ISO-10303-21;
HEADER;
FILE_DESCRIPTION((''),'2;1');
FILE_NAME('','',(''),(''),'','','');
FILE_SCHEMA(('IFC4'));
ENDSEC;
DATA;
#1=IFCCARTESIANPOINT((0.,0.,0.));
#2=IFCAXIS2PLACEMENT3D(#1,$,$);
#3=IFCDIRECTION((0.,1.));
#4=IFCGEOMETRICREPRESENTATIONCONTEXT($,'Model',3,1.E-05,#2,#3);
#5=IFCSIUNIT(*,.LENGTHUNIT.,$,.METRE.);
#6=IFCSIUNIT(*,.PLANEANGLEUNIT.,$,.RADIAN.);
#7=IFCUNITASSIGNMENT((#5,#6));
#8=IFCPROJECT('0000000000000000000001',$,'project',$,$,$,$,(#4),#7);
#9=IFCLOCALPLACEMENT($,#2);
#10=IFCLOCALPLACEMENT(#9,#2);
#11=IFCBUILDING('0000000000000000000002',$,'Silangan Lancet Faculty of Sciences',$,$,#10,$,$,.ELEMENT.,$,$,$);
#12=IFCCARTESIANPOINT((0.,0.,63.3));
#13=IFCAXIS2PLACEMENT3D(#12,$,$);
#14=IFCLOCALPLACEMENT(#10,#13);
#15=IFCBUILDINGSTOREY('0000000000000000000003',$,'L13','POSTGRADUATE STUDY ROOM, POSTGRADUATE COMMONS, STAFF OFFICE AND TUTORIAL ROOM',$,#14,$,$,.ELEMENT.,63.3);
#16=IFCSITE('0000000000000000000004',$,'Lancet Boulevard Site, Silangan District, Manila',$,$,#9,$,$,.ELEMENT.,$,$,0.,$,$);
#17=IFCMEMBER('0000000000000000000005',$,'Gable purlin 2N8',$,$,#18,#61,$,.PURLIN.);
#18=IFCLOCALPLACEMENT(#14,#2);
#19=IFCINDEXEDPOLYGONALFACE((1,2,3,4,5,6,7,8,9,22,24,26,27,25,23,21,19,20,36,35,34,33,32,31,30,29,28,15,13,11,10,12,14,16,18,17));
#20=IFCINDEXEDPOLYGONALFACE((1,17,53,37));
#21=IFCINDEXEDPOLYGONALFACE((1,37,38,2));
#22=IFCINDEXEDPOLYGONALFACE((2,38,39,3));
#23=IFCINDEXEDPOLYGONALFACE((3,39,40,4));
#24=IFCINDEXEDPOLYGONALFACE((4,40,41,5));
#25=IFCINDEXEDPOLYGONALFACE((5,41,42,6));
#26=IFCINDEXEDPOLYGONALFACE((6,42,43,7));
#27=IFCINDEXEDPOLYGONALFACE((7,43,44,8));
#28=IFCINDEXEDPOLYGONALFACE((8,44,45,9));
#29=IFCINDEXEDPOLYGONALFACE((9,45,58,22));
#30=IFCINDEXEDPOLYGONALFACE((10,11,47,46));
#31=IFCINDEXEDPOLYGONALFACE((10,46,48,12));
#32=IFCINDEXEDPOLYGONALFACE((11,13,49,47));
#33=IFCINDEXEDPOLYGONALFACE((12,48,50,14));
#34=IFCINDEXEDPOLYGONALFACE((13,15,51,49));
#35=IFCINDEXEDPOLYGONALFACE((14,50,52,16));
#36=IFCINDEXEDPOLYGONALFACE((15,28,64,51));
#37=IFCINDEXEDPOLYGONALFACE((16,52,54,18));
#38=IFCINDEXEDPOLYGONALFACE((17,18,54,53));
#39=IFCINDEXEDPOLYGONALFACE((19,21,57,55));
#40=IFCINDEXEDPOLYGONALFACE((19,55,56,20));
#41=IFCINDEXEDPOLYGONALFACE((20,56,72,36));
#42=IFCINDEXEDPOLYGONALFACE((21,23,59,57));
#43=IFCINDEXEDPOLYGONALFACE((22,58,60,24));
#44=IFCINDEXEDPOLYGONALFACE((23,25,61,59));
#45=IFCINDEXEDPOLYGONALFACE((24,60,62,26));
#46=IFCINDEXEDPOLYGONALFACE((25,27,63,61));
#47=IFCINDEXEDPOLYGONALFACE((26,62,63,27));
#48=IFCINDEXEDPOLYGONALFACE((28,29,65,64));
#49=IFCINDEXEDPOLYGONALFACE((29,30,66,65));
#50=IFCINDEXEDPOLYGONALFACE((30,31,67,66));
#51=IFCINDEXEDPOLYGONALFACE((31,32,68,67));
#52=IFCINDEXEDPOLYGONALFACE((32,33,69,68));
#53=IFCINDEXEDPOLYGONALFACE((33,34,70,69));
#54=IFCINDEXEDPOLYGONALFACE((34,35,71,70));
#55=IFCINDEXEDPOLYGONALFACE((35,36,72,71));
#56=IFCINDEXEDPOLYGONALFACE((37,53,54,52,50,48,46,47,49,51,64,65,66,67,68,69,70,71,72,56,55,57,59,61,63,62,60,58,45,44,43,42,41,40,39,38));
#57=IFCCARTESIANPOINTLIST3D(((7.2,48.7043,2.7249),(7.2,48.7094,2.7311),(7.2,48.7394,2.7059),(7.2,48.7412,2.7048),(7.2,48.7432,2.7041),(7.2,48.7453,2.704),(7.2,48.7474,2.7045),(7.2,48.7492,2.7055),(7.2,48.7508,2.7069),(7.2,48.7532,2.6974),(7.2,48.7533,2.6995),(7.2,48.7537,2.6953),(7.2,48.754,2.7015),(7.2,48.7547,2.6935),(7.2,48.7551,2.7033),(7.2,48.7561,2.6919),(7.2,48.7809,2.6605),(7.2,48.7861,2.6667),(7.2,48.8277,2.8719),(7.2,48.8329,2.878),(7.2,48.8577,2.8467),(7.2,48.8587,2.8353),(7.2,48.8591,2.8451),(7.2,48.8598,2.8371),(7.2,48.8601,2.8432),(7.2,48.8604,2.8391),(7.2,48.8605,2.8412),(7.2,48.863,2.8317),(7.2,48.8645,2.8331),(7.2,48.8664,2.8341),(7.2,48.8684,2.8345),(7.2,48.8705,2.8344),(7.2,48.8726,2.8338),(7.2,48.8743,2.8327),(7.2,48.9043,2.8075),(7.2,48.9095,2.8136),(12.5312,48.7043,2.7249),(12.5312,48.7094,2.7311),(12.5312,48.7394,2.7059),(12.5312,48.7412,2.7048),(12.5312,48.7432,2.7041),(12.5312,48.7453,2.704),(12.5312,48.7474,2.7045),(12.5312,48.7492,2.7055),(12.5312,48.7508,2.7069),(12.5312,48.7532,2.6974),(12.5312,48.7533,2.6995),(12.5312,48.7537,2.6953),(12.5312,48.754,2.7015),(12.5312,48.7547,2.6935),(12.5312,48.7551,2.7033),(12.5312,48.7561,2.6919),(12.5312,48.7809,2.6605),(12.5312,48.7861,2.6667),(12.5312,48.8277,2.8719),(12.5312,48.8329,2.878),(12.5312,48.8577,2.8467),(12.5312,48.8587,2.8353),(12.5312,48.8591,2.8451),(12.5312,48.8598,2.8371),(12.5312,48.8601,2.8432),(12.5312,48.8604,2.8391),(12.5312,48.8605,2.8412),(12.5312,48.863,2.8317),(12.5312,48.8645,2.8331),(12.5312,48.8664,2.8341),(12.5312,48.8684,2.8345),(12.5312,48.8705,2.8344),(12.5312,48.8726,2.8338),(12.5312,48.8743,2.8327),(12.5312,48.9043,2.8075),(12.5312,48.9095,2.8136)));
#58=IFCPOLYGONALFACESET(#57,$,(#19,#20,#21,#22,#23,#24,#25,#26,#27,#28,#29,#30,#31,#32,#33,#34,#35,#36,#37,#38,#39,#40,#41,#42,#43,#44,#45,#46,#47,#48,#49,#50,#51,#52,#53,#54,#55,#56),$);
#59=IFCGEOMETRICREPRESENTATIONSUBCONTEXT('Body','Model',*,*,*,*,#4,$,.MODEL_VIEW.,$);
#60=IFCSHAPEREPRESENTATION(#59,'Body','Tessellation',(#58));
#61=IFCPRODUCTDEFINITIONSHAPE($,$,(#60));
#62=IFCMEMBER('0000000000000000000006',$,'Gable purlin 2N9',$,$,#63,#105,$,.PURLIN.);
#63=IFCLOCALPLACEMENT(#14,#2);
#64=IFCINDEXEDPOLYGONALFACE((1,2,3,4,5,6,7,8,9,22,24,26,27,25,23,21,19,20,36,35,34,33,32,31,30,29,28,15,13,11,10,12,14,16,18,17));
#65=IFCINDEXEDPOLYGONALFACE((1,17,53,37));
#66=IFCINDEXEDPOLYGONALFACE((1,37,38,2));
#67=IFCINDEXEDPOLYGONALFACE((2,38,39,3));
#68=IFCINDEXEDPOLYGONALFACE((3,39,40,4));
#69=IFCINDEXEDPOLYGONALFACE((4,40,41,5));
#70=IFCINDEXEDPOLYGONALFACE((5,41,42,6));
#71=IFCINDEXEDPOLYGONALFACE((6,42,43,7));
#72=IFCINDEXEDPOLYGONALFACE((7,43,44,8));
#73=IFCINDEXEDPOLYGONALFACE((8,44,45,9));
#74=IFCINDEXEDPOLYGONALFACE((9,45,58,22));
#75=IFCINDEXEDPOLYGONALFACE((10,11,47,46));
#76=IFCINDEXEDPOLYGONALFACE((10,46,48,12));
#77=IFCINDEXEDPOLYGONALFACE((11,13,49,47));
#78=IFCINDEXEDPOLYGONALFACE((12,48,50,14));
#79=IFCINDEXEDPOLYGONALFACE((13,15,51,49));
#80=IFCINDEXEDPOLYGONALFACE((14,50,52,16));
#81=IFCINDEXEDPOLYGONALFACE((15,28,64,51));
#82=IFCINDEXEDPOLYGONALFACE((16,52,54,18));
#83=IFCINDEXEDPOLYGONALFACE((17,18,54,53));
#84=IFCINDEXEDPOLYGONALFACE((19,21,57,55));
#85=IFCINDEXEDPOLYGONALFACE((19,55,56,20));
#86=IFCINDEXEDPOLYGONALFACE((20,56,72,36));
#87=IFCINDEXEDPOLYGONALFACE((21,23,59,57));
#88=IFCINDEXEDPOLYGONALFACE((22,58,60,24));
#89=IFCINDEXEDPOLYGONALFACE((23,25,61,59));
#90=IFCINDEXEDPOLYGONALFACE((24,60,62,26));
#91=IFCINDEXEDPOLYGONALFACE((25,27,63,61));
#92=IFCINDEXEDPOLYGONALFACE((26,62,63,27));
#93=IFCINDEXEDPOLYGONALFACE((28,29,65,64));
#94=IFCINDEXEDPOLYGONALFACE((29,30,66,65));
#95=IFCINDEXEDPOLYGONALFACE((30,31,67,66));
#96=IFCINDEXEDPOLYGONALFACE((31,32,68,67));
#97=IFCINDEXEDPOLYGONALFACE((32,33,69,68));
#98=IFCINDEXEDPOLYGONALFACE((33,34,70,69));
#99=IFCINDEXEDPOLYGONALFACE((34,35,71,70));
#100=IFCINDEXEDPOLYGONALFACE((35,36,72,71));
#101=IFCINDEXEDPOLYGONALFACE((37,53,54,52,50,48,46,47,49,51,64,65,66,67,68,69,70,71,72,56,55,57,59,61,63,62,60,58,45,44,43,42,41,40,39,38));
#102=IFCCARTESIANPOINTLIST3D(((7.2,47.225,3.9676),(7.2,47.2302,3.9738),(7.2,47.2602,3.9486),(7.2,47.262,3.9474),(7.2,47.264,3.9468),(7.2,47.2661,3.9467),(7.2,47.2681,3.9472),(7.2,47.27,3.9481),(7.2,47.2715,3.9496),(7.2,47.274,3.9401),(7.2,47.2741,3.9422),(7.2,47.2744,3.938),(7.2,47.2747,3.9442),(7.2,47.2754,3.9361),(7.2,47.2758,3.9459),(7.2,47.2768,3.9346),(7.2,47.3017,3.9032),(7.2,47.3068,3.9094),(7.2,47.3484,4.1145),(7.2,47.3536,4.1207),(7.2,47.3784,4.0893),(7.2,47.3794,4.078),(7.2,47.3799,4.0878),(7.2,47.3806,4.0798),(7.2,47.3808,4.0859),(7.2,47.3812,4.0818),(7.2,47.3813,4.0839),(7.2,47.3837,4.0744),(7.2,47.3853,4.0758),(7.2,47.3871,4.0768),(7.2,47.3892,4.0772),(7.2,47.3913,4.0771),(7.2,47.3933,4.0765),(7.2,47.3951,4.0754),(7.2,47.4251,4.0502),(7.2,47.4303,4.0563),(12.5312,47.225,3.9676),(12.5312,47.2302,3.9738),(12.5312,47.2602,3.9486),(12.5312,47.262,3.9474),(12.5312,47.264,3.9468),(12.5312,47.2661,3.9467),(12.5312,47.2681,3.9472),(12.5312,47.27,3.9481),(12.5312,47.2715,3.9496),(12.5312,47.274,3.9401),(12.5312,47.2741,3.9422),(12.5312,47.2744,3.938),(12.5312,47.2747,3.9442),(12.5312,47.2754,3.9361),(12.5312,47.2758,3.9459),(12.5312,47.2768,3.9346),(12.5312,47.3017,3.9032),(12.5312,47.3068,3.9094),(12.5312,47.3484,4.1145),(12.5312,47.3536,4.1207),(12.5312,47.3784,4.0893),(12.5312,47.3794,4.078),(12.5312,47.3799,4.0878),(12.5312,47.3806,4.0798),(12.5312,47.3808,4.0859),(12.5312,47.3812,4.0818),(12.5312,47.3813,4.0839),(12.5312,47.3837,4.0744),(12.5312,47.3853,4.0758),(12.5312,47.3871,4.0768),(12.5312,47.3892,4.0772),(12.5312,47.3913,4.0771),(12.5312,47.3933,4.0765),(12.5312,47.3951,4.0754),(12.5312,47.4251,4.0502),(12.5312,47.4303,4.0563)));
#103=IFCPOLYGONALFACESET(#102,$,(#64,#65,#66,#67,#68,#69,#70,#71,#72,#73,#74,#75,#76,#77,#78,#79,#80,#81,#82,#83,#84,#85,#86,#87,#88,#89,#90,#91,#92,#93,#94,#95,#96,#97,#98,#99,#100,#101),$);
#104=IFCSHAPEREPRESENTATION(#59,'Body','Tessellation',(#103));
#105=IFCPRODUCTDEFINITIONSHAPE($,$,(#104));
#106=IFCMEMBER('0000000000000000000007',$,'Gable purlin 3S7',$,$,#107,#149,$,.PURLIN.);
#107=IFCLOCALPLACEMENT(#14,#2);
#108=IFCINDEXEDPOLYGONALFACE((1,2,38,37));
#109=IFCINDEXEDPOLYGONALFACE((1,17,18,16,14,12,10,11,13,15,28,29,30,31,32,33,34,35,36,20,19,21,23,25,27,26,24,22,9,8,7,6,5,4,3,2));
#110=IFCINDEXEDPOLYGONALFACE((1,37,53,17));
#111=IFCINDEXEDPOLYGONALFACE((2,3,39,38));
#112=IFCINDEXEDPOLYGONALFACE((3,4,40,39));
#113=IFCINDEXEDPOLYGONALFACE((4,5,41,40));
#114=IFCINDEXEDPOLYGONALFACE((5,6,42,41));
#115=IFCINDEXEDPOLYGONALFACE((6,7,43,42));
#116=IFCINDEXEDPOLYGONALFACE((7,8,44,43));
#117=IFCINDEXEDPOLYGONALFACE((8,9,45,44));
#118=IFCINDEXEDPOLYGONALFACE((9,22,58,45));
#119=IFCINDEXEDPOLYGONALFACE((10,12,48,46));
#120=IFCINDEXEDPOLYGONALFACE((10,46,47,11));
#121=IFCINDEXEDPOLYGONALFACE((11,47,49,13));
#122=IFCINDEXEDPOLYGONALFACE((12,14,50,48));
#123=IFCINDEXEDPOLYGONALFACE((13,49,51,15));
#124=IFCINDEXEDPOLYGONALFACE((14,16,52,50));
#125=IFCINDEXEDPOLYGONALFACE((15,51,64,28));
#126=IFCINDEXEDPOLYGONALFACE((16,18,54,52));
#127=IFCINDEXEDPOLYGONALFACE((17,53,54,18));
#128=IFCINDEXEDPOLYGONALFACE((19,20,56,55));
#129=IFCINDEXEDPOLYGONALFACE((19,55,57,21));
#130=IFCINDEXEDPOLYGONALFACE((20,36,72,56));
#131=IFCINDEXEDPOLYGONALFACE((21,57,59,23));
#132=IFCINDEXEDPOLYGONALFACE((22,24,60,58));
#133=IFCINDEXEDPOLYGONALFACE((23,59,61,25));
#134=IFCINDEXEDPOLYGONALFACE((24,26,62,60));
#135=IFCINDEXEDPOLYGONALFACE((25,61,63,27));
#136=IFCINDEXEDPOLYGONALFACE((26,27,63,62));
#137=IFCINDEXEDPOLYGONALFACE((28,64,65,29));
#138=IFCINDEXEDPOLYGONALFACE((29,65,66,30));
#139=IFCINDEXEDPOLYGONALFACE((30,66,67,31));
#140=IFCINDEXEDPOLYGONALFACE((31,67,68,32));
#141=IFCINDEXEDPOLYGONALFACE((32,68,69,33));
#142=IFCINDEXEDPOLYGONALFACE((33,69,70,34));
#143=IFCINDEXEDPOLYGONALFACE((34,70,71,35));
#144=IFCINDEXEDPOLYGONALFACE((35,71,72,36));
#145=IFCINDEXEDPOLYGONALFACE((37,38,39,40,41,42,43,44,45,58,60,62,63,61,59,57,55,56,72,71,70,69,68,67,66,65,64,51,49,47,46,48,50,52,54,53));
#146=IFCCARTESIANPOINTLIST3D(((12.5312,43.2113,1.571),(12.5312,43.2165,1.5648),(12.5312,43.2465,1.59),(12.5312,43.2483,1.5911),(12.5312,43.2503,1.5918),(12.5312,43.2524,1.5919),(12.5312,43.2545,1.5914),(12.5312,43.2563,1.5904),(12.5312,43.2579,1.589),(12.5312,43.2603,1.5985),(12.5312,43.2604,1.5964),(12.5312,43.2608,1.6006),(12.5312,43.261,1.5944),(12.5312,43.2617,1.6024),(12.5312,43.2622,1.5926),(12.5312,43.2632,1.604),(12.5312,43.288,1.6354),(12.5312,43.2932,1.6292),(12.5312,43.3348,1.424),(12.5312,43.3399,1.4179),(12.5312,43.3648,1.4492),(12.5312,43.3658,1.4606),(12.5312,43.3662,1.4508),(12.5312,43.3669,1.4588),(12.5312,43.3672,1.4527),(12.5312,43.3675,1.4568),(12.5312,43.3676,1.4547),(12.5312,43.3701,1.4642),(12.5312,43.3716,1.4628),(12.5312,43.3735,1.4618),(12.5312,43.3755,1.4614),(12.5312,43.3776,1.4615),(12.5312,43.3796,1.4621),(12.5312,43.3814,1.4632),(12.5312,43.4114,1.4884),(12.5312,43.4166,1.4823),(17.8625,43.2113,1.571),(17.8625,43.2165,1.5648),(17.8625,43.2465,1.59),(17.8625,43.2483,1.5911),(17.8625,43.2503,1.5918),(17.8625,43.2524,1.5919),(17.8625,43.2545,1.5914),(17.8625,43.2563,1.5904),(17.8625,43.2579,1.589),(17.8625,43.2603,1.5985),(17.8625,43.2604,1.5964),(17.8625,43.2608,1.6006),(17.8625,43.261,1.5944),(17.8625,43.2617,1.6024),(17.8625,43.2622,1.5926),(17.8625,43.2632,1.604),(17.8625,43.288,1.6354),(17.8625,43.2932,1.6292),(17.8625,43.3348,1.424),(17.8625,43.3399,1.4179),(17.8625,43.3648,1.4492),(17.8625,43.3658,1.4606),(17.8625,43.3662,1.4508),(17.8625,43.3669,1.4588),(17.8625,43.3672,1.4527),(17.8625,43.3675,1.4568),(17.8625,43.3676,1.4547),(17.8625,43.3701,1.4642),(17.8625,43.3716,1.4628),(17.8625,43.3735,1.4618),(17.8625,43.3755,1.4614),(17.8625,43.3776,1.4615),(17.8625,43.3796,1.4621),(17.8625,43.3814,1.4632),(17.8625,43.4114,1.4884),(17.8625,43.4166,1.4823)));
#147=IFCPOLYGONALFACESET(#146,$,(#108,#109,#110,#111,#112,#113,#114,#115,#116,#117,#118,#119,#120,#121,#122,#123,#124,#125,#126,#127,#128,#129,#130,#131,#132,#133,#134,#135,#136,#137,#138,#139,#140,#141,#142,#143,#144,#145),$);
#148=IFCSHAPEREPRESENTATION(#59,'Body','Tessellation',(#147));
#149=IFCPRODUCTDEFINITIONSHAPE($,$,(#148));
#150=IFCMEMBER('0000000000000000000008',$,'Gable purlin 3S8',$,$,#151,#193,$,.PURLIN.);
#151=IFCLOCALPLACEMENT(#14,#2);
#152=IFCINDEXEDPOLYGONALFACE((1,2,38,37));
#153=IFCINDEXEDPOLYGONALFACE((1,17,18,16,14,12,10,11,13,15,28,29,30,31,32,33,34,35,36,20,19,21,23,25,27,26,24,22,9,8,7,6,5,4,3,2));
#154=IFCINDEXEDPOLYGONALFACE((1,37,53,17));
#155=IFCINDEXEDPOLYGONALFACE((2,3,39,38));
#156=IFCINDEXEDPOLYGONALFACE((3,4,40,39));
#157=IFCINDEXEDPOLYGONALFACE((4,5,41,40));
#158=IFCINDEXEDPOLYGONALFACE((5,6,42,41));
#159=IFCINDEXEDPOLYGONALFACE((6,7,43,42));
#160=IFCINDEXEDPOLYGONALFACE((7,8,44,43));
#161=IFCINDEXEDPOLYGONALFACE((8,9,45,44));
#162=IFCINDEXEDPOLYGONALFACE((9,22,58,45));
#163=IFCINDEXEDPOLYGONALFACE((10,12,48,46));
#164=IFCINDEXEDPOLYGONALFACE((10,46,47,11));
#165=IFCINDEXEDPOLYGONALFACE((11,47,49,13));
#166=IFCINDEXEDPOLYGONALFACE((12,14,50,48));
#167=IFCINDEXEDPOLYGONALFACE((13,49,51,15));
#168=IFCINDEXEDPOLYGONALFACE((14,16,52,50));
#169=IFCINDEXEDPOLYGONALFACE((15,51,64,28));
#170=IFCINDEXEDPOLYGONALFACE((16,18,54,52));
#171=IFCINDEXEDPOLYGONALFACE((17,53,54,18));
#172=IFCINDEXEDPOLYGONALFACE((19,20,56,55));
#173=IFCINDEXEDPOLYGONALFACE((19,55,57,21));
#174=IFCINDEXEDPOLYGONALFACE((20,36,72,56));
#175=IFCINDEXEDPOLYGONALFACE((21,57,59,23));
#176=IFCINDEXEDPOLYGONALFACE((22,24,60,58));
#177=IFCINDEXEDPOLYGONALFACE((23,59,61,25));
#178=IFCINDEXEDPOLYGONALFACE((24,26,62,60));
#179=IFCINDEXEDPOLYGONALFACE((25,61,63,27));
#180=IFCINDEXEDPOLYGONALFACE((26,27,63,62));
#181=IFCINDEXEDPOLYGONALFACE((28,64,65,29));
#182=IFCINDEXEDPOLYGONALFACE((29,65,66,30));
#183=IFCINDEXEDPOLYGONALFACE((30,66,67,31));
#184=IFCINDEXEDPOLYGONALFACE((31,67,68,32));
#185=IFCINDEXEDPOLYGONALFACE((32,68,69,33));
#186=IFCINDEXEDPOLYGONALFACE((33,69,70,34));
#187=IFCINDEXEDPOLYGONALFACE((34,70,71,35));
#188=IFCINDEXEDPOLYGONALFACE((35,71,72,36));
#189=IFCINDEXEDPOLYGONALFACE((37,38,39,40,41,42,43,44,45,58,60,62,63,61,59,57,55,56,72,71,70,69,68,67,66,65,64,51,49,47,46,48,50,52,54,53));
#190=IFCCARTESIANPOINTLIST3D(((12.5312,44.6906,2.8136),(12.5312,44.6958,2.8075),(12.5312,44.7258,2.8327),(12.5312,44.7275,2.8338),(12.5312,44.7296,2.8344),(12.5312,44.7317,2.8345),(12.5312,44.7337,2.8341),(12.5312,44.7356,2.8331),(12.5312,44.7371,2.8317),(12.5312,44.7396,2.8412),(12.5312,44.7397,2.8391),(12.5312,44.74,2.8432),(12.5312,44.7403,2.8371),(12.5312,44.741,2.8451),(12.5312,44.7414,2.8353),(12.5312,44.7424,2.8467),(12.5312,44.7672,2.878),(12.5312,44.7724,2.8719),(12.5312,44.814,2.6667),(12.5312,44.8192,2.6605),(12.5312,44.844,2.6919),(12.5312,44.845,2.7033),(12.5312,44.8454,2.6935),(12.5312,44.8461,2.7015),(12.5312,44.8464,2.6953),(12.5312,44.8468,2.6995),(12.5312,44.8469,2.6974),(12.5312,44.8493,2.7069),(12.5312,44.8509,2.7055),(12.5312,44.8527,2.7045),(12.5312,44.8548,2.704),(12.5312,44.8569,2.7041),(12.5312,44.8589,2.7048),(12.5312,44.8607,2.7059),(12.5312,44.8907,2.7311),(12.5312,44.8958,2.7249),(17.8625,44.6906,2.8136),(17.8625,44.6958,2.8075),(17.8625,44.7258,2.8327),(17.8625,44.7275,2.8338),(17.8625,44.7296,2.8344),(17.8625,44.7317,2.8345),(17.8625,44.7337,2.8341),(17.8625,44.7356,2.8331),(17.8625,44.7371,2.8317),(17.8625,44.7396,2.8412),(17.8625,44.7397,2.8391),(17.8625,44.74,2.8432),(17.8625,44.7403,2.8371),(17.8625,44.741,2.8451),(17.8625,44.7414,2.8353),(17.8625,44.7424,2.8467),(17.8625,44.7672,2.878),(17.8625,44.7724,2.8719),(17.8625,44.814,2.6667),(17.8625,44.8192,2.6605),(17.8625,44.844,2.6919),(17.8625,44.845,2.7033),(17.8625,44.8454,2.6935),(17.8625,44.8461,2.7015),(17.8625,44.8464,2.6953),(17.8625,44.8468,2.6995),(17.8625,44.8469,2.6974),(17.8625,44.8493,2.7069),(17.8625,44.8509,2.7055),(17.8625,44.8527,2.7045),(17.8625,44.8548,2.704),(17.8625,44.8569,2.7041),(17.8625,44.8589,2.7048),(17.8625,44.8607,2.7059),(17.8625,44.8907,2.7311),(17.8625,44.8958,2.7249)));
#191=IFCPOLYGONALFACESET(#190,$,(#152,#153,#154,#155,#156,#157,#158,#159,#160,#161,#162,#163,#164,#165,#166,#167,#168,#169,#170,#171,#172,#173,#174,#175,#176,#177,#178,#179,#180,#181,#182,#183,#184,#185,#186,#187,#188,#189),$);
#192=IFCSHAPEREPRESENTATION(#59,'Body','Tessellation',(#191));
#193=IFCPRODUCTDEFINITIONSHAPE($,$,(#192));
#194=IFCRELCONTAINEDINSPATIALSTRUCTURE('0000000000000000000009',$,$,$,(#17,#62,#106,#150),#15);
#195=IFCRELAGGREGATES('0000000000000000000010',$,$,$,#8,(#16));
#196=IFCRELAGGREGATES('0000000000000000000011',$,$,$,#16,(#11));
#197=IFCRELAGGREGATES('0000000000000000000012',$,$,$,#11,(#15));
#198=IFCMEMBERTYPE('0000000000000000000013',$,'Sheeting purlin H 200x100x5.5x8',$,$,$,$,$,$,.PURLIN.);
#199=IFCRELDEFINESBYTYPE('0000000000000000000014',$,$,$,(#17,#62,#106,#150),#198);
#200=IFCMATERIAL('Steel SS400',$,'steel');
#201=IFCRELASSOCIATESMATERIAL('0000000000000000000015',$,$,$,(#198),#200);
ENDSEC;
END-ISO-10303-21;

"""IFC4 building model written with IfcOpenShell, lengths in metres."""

from ifc_helpers import new_model, si_unit, direction, frame, origin, origin_2d, place, context, subcontext, project, spatial, i_section, extrude, material, material_profile, profile_set, type_object, element, save


model = new_model("IFC4")

# Units and contexts
model_context = context("Model", 3, precision=1e-05, world=origin(), true_north=direction((0.0, 1.0)))
body_context = subcontext(model_context, "Body", "Model", "MODEL_VIEW")
ifc_project = project(units=[si_unit("LENGTHUNIT", "METRE"), si_unit("PLANEANGLEUNIT", "RADIAN")], contexts=[model_context])

# Site, building, storey
site_placement = place(None, origin())
site = spatial("IfcSite", under=ifc_project, at=site_placement, Name="Lancet Boulevard Site, Silangan District, Manila", CompositionType="ELEMENT", RefElevation=0.0)
building_placement = place(site_placement, origin())
building = spatial("IfcBuilding", under=site, at=building_placement, Name="Silangan Lancet Faculty of Sciences", CompositionType="ELEMENT")
storey_placement = place(building_placement, frame((0.0, 0.0, 63.3)))
storey = spatial("IfcBuildingStorey", under=building, at=storey_placement, Name="L13", Description="POSTGRADUATE STUDY ROOM, POSTGRADUATE COMMONS, STAFF OFFICE AND TUTORIAL ROOM", CompositionType="ELEMENT", Elevation=63.3)

# Members
ifc_material = material(Name="Steel SS400", Category="steel")
ifc_material_profile = material_profile(ifc_material, i_section(OverallWidth=0.1001, OverallDepth=0.2, WebThickness=0.0056, FlangeThickness=0.0081, FilletRadius=0.0081, at=origin_2d()), Name="H 200x100x5.5x8")
ifc_profile_set = profile_set([ifc_material_profile], Name="Steel SS400")
member_type = type_object("IfcMemberType", Name="Sheeting purlin H 200x100x5.5x8", PredefinedType="PURLIN", material=ifc_profile_set)
for number, where, z_axis, x_axis, name in (
    (1, (7.2, 48.8069, 2.7693), (1.0, 0.0, 0.0), (0.0, 0.765705, -0.643192), "Gable purlin 2N8"),
    (2, (7.2, 47.3276, 4.012), (1.0, 0.0, 0.0), (0.0, 0.765705, -0.643192), "Gable purlin 2N9"),
    (3, (12.5312, 43.314, 1.5266), (1.0, 0.0, 0.0), (0.0, 0.765705, 0.643192), "Gable purlin 3S7"),
    (4, (12.5312, 44.7932, 2.7693), (1.0, 0.0, 0.0), (0.0, 0.765705, 0.643192), "Gable purlin 3S8"),
):
    element("IfcMember", number, at=place(storey_placement, frame(where, z_axis=z_axis, x_axis=x_axis)), inside=storey, type_object=member_type, Name=name, PredefinedType="PURLIN", context=body_context, shape_type="SweptSolid", body=[
        extrude(i_section(OverallWidth=0.1001, OverallDepth=0.2, WebThickness=0.0056, FlangeThickness=0.0081, FilletRadius=0.0081, at=origin_2d()), origin(), (0.0, 0.0, 1.0), 5.3313),
    ])

save(model, "model.ifc")
